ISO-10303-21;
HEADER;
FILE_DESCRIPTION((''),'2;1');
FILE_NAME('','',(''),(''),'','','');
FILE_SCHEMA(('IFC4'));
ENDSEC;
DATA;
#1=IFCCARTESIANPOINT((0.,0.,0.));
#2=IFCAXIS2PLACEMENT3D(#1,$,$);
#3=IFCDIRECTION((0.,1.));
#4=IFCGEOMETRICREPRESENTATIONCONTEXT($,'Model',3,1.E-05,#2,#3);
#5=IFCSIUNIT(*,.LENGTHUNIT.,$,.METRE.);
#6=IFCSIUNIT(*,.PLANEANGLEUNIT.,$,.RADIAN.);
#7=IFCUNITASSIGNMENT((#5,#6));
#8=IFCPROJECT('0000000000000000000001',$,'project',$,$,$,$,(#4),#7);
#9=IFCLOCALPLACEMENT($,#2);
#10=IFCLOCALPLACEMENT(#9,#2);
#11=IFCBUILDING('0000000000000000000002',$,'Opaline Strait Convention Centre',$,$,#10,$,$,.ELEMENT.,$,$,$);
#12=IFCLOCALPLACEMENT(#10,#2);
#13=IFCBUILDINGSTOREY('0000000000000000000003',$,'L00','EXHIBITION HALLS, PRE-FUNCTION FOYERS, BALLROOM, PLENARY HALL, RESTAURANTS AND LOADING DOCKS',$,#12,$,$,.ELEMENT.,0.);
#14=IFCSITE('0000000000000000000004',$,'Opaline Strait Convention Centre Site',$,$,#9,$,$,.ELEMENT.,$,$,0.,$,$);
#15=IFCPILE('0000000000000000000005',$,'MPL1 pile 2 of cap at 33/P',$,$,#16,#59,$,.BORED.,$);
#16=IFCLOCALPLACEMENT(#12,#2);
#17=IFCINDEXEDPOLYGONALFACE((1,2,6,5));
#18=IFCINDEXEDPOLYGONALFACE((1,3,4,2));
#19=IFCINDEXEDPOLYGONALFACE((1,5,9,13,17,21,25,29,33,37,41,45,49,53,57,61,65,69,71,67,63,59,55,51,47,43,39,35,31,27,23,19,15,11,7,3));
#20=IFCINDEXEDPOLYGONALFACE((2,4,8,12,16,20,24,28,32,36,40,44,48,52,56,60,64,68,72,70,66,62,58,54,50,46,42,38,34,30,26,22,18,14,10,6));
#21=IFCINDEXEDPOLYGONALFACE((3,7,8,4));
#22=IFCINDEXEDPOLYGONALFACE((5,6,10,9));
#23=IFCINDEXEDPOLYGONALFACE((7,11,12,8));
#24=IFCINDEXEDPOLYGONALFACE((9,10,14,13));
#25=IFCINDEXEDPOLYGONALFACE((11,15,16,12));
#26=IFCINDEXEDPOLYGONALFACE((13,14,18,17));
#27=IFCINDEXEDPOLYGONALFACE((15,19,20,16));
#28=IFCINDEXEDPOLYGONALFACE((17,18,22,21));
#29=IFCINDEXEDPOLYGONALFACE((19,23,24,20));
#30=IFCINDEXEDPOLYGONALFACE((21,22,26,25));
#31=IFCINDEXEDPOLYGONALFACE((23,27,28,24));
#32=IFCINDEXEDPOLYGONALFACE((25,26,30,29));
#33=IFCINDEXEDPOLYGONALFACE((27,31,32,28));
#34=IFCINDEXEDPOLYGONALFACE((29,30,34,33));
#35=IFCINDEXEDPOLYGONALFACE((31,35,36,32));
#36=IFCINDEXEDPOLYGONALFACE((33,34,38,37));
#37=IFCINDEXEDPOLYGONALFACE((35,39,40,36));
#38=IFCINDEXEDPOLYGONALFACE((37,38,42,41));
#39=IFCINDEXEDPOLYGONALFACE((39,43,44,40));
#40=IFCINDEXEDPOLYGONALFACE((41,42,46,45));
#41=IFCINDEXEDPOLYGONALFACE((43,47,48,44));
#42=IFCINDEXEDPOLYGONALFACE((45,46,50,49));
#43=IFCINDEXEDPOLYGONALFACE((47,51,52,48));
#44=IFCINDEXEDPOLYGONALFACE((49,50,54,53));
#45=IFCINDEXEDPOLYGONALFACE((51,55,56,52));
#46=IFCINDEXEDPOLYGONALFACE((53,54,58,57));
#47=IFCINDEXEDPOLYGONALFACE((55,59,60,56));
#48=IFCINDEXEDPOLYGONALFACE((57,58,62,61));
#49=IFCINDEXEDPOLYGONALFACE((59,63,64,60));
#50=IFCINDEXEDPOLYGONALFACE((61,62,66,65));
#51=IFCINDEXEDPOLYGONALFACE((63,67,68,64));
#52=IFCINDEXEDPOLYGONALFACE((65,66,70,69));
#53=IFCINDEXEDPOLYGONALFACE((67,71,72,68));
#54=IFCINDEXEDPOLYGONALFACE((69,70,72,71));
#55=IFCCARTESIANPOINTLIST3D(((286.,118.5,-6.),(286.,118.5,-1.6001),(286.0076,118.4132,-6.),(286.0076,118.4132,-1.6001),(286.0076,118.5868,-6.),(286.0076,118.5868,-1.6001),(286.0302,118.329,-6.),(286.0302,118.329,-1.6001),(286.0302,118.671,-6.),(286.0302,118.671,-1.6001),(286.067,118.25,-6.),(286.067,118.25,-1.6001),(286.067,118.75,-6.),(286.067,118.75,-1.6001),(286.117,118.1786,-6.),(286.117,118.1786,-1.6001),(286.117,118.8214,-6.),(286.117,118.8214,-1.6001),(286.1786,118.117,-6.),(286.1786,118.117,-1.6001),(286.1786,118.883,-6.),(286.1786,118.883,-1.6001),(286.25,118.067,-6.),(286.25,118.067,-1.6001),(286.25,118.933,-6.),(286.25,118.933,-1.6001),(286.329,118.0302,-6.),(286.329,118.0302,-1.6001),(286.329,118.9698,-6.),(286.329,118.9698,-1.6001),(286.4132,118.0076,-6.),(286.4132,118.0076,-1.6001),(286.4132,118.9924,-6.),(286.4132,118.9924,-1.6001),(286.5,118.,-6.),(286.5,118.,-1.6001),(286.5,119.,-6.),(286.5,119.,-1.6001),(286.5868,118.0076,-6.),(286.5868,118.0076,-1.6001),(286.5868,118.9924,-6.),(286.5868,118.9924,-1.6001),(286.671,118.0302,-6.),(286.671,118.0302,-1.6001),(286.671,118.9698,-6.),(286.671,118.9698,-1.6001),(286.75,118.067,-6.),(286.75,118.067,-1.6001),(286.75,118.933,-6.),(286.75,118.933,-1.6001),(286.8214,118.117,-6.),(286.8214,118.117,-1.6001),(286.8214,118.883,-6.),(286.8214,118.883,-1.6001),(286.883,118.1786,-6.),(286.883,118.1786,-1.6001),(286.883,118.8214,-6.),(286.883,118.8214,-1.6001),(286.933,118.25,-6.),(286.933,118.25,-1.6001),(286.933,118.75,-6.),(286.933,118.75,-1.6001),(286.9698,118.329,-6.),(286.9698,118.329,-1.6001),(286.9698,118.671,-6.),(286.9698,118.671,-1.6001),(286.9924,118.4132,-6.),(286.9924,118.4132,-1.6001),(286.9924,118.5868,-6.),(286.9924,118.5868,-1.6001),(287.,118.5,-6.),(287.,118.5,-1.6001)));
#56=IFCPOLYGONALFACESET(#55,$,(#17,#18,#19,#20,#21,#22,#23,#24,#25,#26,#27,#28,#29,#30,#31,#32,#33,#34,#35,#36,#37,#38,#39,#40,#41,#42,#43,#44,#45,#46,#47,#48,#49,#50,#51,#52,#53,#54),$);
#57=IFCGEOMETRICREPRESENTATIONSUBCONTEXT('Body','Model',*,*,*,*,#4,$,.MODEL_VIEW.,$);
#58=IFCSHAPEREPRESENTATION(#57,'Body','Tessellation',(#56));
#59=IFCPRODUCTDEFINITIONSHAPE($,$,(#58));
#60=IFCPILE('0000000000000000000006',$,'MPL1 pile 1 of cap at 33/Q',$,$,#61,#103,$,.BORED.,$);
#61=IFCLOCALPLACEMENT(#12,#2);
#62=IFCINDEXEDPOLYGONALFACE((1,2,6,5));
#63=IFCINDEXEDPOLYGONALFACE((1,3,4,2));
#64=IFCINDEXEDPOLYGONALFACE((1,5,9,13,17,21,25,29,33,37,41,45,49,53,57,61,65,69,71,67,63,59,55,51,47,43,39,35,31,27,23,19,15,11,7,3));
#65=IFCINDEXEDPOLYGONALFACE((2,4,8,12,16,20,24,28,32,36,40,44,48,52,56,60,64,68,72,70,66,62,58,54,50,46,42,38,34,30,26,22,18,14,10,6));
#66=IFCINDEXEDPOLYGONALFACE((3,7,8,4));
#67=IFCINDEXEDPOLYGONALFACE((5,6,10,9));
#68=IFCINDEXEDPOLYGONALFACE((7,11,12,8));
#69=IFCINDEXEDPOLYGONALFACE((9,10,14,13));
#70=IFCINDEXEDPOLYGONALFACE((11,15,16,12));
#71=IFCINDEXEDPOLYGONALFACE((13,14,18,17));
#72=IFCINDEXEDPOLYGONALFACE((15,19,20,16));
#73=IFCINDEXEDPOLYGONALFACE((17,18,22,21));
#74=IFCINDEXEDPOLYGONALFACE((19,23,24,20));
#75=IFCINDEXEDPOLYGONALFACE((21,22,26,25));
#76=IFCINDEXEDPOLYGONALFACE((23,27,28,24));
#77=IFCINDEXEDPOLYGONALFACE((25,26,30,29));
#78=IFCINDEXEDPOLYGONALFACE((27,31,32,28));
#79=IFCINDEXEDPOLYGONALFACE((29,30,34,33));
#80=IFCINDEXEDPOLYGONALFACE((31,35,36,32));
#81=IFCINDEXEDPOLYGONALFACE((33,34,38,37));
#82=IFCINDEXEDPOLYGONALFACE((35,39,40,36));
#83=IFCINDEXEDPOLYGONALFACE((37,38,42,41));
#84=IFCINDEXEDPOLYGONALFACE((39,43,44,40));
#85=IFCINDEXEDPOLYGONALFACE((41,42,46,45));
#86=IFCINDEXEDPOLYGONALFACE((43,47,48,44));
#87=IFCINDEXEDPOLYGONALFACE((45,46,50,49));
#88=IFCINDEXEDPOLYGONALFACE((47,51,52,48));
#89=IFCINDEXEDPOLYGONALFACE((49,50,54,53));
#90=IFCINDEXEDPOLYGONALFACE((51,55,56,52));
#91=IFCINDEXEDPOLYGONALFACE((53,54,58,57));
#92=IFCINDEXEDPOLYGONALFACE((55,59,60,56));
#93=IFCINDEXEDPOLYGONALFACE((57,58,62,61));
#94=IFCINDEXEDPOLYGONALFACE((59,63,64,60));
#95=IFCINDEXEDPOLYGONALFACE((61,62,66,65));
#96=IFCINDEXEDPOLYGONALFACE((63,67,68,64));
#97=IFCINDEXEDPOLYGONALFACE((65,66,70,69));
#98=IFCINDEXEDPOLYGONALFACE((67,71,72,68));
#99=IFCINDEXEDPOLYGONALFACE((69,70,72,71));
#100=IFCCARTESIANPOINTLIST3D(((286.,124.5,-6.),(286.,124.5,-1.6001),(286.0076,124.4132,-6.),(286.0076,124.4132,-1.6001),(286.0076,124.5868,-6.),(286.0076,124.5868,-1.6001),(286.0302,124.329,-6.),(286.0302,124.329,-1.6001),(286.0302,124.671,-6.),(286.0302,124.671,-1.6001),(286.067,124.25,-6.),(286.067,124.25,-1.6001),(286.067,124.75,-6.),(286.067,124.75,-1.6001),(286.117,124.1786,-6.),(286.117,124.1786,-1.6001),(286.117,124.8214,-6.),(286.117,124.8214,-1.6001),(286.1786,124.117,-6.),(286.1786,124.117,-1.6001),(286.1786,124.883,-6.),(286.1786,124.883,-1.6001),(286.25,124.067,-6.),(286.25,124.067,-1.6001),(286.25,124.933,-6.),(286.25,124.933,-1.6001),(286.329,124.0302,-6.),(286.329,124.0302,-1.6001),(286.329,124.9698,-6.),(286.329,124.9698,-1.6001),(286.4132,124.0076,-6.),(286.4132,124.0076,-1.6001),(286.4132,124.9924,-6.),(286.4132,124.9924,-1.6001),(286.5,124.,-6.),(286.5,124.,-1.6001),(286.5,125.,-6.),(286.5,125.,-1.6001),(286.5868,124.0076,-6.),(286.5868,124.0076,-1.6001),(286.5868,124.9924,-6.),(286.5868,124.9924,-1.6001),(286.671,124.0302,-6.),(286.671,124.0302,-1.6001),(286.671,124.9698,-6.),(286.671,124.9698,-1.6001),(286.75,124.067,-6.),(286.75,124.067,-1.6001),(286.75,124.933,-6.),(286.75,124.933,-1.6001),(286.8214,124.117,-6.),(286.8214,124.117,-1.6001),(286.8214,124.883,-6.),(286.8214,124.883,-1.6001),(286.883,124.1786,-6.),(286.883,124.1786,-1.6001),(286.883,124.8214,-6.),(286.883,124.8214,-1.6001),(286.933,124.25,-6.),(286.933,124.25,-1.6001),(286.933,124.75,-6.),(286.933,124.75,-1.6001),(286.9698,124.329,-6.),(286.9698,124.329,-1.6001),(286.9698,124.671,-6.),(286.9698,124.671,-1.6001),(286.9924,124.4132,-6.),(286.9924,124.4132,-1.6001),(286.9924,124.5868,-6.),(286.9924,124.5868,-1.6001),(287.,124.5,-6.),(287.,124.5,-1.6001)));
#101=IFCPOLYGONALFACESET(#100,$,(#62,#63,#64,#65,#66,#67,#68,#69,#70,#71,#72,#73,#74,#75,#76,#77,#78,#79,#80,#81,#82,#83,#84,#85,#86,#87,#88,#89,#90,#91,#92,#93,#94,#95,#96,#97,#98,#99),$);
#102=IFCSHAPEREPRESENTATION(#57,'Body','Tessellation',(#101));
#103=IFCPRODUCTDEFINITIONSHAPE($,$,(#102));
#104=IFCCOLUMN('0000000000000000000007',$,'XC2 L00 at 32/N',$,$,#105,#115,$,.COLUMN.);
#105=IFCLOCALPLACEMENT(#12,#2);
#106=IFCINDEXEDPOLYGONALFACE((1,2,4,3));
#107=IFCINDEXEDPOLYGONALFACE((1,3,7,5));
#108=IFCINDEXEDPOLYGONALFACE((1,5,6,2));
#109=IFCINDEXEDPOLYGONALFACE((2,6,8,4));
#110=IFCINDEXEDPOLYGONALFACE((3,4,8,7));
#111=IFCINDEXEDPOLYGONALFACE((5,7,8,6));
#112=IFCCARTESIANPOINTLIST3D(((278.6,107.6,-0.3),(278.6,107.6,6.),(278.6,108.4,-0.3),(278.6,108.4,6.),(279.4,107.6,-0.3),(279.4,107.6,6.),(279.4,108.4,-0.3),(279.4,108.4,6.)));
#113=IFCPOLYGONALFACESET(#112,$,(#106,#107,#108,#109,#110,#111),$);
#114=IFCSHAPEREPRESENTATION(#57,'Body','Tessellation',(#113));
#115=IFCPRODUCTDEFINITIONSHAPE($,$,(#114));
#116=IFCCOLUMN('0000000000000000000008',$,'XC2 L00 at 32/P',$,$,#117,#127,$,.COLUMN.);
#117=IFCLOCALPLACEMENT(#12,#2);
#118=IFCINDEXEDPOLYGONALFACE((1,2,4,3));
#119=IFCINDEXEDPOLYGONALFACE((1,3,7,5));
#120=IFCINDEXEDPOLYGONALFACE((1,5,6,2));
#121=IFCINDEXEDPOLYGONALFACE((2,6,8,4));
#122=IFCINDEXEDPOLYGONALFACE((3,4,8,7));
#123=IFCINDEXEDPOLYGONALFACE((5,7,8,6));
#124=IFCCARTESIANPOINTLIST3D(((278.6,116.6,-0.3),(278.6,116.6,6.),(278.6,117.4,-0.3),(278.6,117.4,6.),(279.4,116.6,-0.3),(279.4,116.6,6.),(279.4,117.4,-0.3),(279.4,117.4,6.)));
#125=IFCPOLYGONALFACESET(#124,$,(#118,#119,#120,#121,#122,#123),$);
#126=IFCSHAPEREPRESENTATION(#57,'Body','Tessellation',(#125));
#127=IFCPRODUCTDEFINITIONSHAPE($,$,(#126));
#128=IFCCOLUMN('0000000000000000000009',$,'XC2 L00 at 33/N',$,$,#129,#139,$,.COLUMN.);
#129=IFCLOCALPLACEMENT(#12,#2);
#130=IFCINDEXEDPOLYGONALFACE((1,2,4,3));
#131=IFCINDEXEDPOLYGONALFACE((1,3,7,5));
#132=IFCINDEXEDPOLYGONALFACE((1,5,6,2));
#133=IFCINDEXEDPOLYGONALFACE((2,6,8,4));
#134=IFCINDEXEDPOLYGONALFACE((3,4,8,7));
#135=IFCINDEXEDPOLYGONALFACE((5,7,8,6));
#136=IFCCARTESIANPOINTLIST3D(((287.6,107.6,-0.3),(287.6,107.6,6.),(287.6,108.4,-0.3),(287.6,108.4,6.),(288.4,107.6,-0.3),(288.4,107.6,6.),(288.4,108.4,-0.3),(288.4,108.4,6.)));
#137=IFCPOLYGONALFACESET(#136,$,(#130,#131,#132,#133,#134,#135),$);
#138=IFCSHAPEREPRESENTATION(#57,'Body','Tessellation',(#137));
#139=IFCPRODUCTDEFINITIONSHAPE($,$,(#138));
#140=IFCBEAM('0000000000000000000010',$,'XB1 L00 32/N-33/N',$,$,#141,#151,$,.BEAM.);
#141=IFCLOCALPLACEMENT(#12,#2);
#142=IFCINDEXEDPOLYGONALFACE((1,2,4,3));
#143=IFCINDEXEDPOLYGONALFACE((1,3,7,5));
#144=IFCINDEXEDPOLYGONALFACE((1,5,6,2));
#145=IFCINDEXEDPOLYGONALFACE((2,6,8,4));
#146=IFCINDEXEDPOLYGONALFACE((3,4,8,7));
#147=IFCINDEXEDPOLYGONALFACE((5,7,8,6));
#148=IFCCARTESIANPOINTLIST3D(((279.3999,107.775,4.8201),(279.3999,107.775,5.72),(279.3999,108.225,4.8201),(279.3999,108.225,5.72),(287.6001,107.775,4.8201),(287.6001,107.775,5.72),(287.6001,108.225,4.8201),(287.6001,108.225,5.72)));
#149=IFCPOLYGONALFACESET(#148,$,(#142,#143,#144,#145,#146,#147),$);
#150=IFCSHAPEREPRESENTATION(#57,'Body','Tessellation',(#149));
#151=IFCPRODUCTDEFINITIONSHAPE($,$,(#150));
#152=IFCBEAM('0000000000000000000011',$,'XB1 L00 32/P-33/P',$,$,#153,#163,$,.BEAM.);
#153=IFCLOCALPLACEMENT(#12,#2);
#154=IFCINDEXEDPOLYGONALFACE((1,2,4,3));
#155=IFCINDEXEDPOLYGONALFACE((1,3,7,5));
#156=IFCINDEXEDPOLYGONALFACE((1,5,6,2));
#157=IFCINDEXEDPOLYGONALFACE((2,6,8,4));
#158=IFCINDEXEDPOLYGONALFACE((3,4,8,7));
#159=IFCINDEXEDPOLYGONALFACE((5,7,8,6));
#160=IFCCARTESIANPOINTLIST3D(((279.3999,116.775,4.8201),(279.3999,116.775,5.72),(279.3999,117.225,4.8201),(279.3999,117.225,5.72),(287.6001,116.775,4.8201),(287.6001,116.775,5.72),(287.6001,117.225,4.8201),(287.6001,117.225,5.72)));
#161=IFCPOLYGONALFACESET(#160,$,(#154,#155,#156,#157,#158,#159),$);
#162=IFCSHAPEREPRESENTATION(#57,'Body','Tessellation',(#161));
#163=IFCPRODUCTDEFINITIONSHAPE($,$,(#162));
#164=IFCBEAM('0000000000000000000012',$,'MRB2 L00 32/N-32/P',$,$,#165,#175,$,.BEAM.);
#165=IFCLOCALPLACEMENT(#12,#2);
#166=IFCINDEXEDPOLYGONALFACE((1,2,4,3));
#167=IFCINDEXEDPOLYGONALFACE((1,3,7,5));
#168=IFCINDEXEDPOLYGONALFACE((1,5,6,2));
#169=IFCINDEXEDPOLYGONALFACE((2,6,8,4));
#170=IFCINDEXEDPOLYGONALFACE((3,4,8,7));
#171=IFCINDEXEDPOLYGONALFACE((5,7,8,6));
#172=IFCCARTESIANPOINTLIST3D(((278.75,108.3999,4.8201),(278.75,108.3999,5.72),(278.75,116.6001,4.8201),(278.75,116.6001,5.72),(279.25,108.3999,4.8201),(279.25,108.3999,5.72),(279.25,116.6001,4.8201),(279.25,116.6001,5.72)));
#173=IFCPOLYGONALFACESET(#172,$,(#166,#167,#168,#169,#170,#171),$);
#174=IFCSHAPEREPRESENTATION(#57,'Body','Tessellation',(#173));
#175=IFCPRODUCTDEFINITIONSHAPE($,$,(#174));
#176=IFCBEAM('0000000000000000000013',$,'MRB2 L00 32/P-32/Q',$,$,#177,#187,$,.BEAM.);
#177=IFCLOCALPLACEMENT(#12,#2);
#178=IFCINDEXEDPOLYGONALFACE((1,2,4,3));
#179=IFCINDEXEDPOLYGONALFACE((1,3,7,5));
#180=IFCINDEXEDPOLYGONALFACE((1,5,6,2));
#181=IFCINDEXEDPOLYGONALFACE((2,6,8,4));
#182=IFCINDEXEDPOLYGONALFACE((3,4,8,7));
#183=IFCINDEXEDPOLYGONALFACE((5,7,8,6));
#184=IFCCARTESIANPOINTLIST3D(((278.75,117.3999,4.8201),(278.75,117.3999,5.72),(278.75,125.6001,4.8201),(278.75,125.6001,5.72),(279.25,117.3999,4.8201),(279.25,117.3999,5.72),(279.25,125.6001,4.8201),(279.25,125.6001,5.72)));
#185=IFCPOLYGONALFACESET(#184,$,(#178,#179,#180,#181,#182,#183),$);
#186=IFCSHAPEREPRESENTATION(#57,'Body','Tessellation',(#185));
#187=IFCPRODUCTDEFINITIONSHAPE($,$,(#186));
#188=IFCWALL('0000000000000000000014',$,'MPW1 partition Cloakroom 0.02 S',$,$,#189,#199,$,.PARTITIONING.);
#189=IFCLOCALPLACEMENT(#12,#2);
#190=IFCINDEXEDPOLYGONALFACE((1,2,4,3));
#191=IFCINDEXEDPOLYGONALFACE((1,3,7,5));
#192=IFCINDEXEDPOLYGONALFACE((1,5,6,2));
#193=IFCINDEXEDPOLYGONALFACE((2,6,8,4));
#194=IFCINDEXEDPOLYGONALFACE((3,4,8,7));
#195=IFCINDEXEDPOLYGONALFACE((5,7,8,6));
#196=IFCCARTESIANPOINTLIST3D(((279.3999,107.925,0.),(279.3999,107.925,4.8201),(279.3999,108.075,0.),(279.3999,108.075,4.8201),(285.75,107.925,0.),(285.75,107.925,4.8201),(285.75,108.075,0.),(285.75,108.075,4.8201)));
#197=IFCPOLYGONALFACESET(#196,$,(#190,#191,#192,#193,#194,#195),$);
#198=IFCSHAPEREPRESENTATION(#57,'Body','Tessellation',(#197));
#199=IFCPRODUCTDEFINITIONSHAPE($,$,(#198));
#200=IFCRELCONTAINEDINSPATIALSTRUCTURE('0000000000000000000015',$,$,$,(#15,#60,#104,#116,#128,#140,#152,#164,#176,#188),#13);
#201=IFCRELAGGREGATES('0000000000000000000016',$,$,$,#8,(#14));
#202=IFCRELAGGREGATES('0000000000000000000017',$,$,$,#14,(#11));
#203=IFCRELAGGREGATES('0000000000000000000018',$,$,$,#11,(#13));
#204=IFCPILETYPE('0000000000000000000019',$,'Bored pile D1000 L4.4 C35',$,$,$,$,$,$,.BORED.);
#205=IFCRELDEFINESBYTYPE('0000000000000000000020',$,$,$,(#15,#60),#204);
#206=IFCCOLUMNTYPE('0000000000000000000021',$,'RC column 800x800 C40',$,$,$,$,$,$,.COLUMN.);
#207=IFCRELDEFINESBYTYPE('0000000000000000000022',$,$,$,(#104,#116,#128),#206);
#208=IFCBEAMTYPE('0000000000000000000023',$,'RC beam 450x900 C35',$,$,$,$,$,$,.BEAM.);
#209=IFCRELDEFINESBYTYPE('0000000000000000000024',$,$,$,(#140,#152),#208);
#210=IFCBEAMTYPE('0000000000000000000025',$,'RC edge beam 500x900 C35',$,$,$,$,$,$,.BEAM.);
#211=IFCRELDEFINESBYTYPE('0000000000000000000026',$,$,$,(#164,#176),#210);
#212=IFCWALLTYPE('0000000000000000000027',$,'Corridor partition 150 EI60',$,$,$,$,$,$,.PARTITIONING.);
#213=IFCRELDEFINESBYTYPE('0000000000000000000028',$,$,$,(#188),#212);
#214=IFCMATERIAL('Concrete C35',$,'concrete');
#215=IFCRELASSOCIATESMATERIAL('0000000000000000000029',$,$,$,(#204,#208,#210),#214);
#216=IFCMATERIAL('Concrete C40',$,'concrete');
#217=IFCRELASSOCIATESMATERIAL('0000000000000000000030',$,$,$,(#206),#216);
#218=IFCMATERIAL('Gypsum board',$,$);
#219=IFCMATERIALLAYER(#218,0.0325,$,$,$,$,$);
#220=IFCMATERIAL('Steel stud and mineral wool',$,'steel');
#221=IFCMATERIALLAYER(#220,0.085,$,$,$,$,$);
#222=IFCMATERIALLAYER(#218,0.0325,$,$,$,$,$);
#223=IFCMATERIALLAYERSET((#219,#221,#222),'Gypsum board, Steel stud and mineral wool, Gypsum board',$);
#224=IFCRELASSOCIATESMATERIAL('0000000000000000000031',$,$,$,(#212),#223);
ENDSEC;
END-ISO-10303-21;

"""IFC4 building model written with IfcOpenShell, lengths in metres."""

from ifc_helpers import new_model, si_unit, direction, frame, frame_2d, origin, origin_2d, place, context, subcontext, project, spatial, rectangle, circle, extrude, material, layer, layer_set, material_profile, profile_set, type_object, element, save


model = new_model("IFC4")

# Units and contexts
model_context = context("Model", 3, precision=1e-05, world=origin(), true_north=direction((0.0, 1.0)))
body_context = subcontext(model_context, "Body", "Model", "MODEL_VIEW")
ifc_project = project(units=[si_unit("LENGTHUNIT", "METRE"), si_unit("PLANEANGLEUNIT", "RADIAN")], contexts=[model_context])

# Site, building, storey
site_placement = place(None, origin())
site = spatial("IfcSite", under=ifc_project, at=site_placement, Name="Opaline Strait Convention Centre Site", CompositionType="ELEMENT", RefElevation=0.0)
building_placement = place(site_placement, origin())
building = spatial("IfcBuilding", under=site, at=building_placement, Name="Opaline Strait Convention Centre", CompositionType="ELEMENT")
storey_placement = place(building_placement, origin())
storey = spatial("IfcBuildingStorey", under=building, at=storey_placement, Name="L00", Description="EXHIBITION HALLS, PRE-FUNCTION FOYERS, BALLROOM, PLENARY HALL, RESTAURANTS AND LOADING DOCKS", CompositionType="ELEMENT", Elevation=0.0)

# Piles
ifc_material_1 = material(Name="Concrete C35", Category="concrete")
ifc_material_profile_1 = material_profile(ifc_material_1, circle(Radius=0.5, at=origin_2d()), Name="D1000")
ifc_profile_set_1 = profile_set([ifc_material_profile_1], Name="Concrete C35")
pile_type = type_object("IfcPileType", Name="Bored pile D1000 L4.4 C35", PredefinedType="BORED", material=ifc_profile_set_1)
for number, where, z_axis, x_axis, name in (
    (1, (286.5, 118.5, -1.6001), (0.0, 0.0, -1.0), (1.0, 0.0, 0.0), "MPL1 pile 2 of cap at 33/P"),
    (2, (286.5, 124.5, -1.6001), (0.0, 0.0, -1.0), (1.0, 0.0, 0.0), "MPL1 pile 1 of cap at 33/Q"),
):
    element("IfcPile", number, at=place(storey_placement, frame(where, z_axis=z_axis, x_axis=x_axis)), inside=storey, type_object=pile_type, Name=name, PredefinedType="BORED", context=body_context, shape_type="SweptSolid", body=[
        extrude(circle(Radius=0.5, at=origin_2d()), origin(), (0.0, 0.0, 1.0), 4.3999),
    ])

# Columns
ifc_material_2 = material(Name="Concrete C40", Category="concrete")
ifc_material_profile_2 = material_profile(ifc_material_2, rectangle(XDim=0.8, YDim=0.8, at=origin_2d()), Name="RC 800x800")
ifc_profile_set_2 = profile_set([ifc_material_profile_2], Name="Concrete C40")
column_type = type_object("IfcColumnType", Name="RC column 800x800 C40", PredefinedType="COLUMN", material=ifc_profile_set_2)
for number, where, z_axis, x_axis, name in (
    (3, (279.0, 108.0, -0.3), (0.0, 0.0, 1.0), (1.0, 0.0, 0.0), "XC2 L00 at 32/N"),
    (4, (279.0, 117.0, -0.3), (0.0, 0.0, 1.0), (1.0, 0.0, 0.0), "XC2 L00 at 32/P"),
    (5, (288.0, 108.0, -0.3), (0.0, 0.0, 1.0), (1.0, 0.0, 0.0), "XC2 L00 at 33/N"),
):
    element("IfcColumn", number, at=place(storey_placement, frame(where, z_axis=z_axis, x_axis=x_axis)), inside=storey, type_object=column_type, Name=name, PredefinedType="COLUMN", context=body_context, shape_type="SweptSolid", body=[
        extrude(rectangle(XDim=0.8, YDim=0.8, at=origin_2d()), origin(), (0.0, 0.0, 1.0), 6.3),
    ])

# Beams
ifc_material_profile_3 = material_profile(ifc_material_1, rectangle(XDim=0.45, YDim=0.8999, at=origin_2d()), Name="RC 450x900")
ifc_profile_set_3 = profile_set([ifc_material_profile_3], Name="Concrete C35")
beam_type_1 = type_object("IfcBeamType", Name="RC beam 450x900 C35", PredefinedType="BEAM", material=ifc_profile_set_3)
for number, where, z_axis, x_axis, name in (
    (6, (279.3999, 108.0, 5.27), (1.0, 0.0, 0.0), (0.0, 1.0, 0.0), "XB1 L00 32/N-33/N"),
    (7, (279.3999, 117.0, 5.27), (1.0, 0.0, 0.0), (0.0, 1.0, 0.0), "XB1 L00 32/P-33/P"),
):
    element("IfcBeam", number, at=place(storey_placement, frame(where, z_axis=z_axis, x_axis=x_axis)), inside=storey, type_object=beam_type_1, Name=name, PredefinedType="BEAM", context=body_context, shape_type="SweptSolid", body=[
        extrude(rectangle(XDim=0.45, YDim=0.8999, at=origin_2d()), origin(), (0.0, 0.0, 1.0), 8.2002),
    ])
ifc_material_profile_4 = material_profile(ifc_material_1, rectangle(XDim=0.5, YDim=0.8999, at=origin_2d()), Name="RC 500x900")
ifc_profile_set_4 = profile_set([ifc_material_profile_4], Name="Concrete C35")
beam_type_2 = type_object("IfcBeamType", Name="RC edge beam 500x900 C35", PredefinedType="BEAM", material=ifc_profile_set_4)
for number, where, z_axis, x_axis, name in (
    (8, (279.0, 108.3999, 5.27), (0.0, 1.0, 0.0), (-1.0, 0.0, 0.0), "MRB2 L00 32/N-32/P"),
    (9, (279.0, 117.3999, 5.27), (0.0, 1.0, 0.0), (-1.0, 0.0, 0.0), "MRB2 L00 32/P-32/Q"),
):
    element("IfcBeam", number, at=place(storey_placement, frame(where, z_axis=z_axis, x_axis=x_axis)), inside=storey, type_object=beam_type_2, Name=name, PredefinedType="BEAM", context=body_context, shape_type="SweptSolid", body=[
        extrude(rectangle(XDim=0.5, YDim=0.8999, at=origin_2d()), origin(), (0.0, 0.0, 1.0), 8.2002),
    ])

# Wall
ifc_material_3 = material(Name="Gypsum board")
ifc_layer_1 = layer(ifc_material_3, 0.0325)
ifc_material_4 = material(Name="Steel stud and mineral wool", Category="steel")
ifc_layer_2 = layer(ifc_material_4, 0.085)
ifc_layer_3 = layer(ifc_material_3, 0.0325)
ifc_layer_set_1 = layer_set([ifc_layer_1, ifc_layer_2, ifc_layer_3], Name="Gypsum board, Steel stud and mineral wool, Gypsum board")
wall_type_1 = type_object("IfcWallType", Name="Corridor partition 150 EI60", PredefinedType="PARTITIONING", material=ifc_layer_set_1)
wall_1_placement = place(storey_placement, frame((279.3999, 108.0, 0.0), z_axis=(0.0, 0.0, 1.0), x_axis=(1.0, 0.0, 0.0)))
element("IfcWall", 10, at=wall_1_placement, inside=storey, type_object=wall_type_1, Name="MPW1 partition Cloakroom 0.02 S", PredefinedType="PARTITIONING", context=body_context, shape_type="SweptSolid", body=[
    extrude(rectangle(XDim=6.3501, YDim=0.1499, at=frame_2d((3.175, 0.0))), origin(), (0.0, 0.0, 1.0), 4.8201),
])

save(model, "model.ifc")
